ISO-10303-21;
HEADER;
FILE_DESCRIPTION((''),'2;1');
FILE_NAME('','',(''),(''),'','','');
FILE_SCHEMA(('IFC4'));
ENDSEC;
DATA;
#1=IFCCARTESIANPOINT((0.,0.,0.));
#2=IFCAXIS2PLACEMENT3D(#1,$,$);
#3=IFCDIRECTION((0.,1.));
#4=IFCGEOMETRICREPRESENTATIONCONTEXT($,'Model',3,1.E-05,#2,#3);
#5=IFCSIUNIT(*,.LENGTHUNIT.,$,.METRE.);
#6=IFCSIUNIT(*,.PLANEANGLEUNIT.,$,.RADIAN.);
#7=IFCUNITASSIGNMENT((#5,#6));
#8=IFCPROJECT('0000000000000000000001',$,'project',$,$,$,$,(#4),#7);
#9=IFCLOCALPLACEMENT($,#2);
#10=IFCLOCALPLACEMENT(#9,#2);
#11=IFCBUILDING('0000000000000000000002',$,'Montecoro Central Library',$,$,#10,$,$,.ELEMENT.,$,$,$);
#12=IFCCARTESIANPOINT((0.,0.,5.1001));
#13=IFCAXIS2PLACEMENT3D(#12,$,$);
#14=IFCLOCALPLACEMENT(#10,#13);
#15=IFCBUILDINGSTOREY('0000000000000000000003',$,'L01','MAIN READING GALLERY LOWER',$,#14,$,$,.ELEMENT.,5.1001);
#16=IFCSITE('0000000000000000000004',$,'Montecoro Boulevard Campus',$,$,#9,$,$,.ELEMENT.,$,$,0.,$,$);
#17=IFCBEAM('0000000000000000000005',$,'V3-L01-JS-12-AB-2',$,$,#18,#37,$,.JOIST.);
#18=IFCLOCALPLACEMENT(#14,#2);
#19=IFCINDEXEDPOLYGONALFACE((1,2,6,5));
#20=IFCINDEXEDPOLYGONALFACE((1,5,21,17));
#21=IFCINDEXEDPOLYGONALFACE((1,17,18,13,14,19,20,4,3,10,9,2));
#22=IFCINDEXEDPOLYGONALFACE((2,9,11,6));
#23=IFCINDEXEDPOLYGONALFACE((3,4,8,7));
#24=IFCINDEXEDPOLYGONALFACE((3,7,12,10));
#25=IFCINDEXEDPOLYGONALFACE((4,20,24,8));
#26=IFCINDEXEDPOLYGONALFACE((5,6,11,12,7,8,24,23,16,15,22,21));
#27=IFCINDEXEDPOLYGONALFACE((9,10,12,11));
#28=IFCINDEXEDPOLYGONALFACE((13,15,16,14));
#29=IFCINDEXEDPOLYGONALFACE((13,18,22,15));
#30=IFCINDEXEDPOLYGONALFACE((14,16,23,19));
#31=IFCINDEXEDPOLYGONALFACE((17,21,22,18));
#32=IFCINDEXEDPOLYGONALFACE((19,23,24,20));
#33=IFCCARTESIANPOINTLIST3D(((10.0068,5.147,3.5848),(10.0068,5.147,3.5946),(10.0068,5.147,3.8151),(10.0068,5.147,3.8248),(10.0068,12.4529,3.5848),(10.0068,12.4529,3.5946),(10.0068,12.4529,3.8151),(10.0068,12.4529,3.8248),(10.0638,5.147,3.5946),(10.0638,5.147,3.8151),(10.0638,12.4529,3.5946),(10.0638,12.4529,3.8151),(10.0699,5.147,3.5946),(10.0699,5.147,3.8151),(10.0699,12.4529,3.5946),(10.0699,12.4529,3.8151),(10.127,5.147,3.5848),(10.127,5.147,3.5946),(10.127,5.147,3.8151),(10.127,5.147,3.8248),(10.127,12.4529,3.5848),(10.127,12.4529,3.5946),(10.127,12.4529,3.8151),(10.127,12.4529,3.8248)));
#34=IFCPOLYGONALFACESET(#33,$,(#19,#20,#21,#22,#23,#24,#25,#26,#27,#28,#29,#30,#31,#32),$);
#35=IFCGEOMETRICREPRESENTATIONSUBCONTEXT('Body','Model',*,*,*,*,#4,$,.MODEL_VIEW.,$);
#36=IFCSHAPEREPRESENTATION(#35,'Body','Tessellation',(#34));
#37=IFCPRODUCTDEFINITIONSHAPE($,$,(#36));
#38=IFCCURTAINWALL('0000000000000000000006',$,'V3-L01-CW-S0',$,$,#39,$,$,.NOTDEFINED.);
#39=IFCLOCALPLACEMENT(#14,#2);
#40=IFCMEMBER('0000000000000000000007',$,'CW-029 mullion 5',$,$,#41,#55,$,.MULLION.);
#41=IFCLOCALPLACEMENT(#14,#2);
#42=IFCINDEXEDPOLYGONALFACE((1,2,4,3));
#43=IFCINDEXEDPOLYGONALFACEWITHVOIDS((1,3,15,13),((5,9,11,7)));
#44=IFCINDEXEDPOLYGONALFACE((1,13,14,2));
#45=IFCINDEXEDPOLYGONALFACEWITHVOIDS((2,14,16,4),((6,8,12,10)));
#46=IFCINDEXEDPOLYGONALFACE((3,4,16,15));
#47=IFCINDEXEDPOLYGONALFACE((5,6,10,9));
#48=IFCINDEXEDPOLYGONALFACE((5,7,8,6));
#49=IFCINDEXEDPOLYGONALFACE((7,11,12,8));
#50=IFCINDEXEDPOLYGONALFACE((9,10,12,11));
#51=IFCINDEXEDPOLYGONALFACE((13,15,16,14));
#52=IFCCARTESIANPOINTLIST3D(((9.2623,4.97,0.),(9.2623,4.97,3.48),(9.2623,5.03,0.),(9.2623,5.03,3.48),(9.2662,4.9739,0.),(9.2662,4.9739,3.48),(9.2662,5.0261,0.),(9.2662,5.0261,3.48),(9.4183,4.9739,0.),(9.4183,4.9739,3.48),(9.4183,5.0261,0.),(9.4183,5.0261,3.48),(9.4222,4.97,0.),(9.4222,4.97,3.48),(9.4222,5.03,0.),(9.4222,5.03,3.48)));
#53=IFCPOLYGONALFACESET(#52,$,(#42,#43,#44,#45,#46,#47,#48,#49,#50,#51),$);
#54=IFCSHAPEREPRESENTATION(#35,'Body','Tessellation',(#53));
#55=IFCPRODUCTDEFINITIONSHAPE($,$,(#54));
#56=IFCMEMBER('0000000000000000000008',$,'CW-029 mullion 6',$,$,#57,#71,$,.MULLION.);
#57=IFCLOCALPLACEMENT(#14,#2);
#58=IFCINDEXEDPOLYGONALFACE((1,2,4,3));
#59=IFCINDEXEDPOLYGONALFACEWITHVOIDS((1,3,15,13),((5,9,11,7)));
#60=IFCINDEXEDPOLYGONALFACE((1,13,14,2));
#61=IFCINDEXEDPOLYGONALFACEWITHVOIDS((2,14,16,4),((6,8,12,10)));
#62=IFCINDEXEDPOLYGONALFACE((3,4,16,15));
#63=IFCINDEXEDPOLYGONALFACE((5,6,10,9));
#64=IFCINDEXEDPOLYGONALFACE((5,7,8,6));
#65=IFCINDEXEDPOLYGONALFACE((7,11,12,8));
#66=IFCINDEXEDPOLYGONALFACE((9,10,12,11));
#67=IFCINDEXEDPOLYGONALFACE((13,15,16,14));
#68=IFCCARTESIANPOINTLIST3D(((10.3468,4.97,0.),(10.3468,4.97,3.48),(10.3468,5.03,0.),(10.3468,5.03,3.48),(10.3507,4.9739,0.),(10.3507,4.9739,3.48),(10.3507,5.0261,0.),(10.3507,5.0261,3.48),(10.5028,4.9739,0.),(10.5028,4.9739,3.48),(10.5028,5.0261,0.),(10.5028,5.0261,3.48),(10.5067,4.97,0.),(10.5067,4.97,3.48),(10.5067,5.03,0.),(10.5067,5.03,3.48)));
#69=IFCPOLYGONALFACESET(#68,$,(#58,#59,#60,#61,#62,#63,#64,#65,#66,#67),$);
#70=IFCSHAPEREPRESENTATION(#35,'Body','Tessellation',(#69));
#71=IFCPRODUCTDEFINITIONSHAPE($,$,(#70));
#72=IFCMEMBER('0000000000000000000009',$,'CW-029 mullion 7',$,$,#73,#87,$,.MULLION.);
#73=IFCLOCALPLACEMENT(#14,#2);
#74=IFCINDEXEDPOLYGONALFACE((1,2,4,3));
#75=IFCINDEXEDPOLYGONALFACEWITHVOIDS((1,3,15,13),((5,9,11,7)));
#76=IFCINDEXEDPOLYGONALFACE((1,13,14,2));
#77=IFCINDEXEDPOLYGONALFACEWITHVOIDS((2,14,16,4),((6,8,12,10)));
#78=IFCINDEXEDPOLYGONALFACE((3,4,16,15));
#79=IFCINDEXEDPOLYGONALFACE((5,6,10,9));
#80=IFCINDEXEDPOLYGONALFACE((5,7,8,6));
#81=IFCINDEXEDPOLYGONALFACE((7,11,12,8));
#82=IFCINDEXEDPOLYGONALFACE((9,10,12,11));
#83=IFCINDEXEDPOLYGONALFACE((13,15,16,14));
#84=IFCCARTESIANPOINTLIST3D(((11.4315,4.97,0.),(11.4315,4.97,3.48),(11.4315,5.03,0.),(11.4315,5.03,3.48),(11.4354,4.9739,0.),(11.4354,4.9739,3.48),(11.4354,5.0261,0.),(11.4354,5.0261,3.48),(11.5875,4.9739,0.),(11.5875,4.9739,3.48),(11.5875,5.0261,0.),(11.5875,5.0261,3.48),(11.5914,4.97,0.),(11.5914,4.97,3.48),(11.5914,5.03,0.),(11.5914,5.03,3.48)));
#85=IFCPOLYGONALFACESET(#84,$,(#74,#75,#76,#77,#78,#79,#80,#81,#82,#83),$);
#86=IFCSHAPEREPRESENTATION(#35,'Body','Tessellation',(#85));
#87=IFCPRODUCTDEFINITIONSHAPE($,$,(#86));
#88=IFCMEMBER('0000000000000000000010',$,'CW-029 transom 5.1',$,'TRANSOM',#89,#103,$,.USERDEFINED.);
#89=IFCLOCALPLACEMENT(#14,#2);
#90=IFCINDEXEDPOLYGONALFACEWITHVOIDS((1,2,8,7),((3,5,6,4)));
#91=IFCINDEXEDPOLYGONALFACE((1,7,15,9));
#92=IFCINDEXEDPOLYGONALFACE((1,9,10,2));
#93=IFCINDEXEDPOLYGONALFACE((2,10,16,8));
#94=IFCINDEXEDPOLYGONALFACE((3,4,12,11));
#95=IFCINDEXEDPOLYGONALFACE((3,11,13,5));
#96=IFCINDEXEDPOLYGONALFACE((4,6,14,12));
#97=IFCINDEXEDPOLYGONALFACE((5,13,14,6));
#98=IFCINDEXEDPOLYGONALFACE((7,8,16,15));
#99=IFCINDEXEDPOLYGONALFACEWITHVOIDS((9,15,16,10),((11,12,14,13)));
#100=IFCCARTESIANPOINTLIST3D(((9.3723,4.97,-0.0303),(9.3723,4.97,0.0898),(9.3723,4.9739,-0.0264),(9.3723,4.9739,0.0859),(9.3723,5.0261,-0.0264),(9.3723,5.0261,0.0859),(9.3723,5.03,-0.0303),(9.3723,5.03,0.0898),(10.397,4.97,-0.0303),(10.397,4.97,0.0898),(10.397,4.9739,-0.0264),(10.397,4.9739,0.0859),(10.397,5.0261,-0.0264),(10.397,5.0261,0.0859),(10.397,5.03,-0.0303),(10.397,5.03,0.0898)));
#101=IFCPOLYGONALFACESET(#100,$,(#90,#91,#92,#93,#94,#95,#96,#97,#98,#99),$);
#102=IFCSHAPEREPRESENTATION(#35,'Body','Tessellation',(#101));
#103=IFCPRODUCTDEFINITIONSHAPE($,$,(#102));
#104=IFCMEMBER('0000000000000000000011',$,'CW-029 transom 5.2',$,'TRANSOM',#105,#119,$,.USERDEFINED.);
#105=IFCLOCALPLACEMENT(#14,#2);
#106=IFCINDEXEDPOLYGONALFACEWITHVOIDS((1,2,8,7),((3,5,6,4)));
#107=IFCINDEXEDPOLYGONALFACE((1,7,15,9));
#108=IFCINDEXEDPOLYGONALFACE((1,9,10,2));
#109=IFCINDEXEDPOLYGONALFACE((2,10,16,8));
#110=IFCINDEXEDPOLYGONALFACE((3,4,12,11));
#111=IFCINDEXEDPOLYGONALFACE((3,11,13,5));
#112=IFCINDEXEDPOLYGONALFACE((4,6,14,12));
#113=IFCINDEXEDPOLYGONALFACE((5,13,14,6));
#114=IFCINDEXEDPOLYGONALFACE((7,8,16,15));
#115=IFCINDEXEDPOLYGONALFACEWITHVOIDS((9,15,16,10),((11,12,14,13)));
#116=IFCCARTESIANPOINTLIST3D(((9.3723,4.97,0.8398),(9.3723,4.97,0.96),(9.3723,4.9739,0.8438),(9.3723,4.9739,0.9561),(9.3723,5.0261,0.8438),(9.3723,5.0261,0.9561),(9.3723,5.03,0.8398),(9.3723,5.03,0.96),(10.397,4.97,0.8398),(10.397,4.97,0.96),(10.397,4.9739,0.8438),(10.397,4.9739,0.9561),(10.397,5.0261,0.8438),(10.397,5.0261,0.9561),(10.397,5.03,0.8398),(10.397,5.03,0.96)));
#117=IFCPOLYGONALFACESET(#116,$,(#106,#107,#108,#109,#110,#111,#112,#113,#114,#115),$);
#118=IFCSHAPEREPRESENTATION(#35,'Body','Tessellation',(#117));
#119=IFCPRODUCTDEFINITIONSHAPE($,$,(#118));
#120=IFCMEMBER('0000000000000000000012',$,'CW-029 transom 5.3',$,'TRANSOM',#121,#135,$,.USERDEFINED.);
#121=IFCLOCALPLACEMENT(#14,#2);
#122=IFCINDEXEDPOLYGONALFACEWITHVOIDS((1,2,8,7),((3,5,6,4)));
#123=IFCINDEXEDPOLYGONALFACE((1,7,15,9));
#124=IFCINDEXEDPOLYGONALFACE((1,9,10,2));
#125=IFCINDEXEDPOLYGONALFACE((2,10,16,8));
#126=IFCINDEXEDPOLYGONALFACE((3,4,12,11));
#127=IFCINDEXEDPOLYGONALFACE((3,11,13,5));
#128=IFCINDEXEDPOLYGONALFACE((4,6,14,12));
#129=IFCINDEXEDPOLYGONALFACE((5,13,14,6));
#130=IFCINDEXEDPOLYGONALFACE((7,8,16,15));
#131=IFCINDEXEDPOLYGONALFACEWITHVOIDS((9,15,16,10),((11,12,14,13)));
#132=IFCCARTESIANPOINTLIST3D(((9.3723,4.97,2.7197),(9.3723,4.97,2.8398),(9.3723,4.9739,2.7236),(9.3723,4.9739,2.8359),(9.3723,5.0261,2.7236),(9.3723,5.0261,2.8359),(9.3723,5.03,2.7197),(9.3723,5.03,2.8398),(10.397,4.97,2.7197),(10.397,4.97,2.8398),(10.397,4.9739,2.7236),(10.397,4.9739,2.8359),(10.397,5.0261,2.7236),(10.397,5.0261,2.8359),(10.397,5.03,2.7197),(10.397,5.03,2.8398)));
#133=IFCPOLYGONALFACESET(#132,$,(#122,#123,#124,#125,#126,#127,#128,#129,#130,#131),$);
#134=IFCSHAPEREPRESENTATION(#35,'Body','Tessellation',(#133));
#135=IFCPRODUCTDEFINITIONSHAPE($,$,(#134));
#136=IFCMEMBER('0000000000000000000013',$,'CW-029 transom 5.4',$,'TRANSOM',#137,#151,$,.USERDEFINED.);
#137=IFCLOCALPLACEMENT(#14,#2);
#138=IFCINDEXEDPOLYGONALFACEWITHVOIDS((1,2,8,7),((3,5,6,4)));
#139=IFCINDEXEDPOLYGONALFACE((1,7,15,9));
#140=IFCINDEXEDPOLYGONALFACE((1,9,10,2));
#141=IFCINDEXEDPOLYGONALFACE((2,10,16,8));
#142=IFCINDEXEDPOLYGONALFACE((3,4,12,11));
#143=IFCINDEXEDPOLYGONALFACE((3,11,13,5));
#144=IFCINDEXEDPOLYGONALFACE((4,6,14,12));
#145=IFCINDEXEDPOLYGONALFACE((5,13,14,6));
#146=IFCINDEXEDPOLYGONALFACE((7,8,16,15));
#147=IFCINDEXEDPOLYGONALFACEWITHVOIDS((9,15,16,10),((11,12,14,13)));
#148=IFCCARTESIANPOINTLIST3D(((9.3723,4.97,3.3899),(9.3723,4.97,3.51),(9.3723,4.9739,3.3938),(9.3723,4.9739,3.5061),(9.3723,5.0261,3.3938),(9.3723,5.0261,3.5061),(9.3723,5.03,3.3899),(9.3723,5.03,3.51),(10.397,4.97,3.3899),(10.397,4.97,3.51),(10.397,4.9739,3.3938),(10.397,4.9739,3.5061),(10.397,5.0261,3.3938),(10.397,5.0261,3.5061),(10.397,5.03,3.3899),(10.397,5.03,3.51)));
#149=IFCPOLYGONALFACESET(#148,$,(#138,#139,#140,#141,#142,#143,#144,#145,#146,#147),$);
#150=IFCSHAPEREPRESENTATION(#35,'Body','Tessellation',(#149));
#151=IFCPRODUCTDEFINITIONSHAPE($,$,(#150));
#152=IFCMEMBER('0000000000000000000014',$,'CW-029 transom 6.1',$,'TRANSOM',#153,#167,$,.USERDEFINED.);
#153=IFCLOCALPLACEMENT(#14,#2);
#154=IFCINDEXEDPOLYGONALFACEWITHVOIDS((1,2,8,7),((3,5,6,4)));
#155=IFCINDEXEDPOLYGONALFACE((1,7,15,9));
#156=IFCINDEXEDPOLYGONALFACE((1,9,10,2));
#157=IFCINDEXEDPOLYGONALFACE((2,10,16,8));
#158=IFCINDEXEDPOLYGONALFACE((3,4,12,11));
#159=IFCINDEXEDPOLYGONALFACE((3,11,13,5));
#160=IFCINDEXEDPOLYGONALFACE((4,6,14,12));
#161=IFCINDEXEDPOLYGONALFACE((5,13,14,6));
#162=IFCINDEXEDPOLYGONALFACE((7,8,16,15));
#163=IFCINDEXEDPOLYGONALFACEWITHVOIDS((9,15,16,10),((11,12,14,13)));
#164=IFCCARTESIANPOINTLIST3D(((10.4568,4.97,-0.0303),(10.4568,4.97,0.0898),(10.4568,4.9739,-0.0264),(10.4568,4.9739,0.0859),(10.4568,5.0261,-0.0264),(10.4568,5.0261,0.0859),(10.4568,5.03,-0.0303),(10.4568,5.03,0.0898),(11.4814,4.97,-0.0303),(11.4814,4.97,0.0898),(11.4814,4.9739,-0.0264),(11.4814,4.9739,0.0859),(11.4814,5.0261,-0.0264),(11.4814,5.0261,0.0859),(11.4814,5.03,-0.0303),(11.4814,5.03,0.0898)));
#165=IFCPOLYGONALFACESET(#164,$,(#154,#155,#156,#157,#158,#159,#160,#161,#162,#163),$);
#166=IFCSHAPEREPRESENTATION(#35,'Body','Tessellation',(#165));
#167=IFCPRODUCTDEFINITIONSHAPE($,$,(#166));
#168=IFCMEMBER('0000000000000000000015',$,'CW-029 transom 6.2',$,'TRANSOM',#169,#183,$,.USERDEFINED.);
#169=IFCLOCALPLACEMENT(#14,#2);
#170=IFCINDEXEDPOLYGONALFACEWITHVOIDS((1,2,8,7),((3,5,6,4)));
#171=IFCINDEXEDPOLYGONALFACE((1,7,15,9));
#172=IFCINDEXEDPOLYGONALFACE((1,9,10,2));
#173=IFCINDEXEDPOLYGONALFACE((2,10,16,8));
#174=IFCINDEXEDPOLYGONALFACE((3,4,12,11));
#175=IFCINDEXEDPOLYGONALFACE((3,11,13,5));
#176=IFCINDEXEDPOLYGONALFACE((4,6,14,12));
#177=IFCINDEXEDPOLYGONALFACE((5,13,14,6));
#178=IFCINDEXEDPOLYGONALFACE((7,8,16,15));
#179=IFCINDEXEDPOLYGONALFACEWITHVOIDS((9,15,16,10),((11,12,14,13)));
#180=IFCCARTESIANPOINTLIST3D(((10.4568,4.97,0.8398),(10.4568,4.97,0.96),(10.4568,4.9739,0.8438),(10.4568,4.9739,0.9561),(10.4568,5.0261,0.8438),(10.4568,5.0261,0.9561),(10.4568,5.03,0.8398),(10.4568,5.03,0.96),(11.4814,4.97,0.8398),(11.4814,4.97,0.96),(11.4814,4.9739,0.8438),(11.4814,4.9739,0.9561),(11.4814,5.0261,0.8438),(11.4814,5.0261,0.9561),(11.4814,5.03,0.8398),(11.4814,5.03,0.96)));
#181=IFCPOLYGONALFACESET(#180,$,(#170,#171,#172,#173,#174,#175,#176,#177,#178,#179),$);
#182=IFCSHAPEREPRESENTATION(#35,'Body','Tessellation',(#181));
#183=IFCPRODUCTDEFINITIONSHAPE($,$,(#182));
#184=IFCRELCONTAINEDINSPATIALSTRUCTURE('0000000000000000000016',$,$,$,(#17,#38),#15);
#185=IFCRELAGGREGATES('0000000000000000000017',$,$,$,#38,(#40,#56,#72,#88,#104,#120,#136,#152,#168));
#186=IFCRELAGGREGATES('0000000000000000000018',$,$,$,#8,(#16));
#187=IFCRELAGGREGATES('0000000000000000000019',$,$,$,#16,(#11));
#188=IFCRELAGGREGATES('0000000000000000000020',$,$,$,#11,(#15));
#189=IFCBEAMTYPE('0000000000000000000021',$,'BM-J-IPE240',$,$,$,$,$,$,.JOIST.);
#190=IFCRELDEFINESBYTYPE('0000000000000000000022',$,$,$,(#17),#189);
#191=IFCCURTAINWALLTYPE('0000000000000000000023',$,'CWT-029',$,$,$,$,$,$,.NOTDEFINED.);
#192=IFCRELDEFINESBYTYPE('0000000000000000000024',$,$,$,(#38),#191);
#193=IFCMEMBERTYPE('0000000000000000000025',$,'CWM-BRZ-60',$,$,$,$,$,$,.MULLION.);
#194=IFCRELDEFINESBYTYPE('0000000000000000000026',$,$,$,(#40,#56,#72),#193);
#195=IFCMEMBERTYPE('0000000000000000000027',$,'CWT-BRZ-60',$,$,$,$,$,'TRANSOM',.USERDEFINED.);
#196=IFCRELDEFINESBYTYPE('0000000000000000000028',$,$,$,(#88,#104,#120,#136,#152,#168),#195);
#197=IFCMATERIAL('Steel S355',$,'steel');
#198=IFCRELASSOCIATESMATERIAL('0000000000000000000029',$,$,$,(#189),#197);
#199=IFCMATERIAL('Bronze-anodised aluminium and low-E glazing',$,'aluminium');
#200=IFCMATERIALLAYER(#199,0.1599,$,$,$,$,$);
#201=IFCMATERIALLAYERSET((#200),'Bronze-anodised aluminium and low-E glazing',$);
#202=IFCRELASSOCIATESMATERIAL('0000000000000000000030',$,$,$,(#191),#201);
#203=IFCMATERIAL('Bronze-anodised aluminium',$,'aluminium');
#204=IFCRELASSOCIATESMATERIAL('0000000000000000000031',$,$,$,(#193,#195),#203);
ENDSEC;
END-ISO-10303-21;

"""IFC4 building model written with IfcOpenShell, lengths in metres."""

from ifc_helpers import new_model, si_unit, direction, frame, origin, origin_2d, place, context, subcontext, project, spatial, hollow_rectangle, i_section, extrude, material, layer, layer_set, material_profile, profile_set, type_object, element, aggregate, save


model = new_model("IFC4")

# Units and contexts
model_context = context("Model", 3, precision=1e-05, world=origin(), true_north=direction((0.0, 1.0)))
body_context = subcontext(model_context, "Body", "Model", "MODEL_VIEW")
ifc_project = project(units=[si_unit("LENGTHUNIT", "METRE"), si_unit("PLANEANGLEUNIT", "RADIAN")], contexts=[model_context])

# Site, building, storey
site_placement = place(None, origin())
site = spatial("IfcSite", under=ifc_project, at=site_placement, Name="Montecoro Boulevard Campus", CompositionType="ELEMENT", RefElevation=0.0)
building_placement = place(site_placement, origin())
building = spatial("IfcBuilding", under=site, at=building_placement, Name="Montecoro Central Library", CompositionType="ELEMENT")
storey_placement = place(building_placement, frame((0.0, 0.0, 5.1001)))
storey = spatial("IfcBuildingStorey", under=building, at=storey_placement, Name="L01", Description="MAIN READING GALLERY LOWER", CompositionType="ELEMENT", Elevation=5.1001)

# Beam
ifc_material_1 = material(Name="Steel S355", Category="steel")
ifc_material_profile_1 = material_profile(ifc_material_1, i_section(OverallWidth=0.1201, OverallDepth=0.24, WebThickness=0.0061, FlangeThickness=0.0098, at=origin_2d()), Name="IPE 240")
ifc_profile_set_1 = profile_set([ifc_material_profile_1], Name="Steel S355")
beam_type = type_object("IfcBeamType", Name="BM-J-IPE240", PredefinedType="JOIST", material=ifc_profile_set_1)
beam_placement = place(storey_placement, frame((10.0669, 5.147, 3.7048), z_axis=(0.0, 1.0, 0.0), x_axis=(-1.0, 0.0, 0.0)))
element("IfcBeam", 1, at=beam_placement, inside=storey, type_object=beam_type, Name="V3-L01-JS-12-AB-2", PredefinedType="JOIST", context=body_context, shape_type="SweptSolid", body=[
    extrude(i_section(OverallWidth=0.1201, OverallDepth=0.24, WebThickness=0.0061, FlangeThickness=0.0098, at=origin_2d()), origin(), (0.0, 0.0, 1.0), 7.3059),
])

# Curtain wall, members
ifc_material_2 = material(Name="Bronze-anodised aluminium and low-E glazing", Category="aluminium")
ifc_layer_1 = layer(ifc_material_2, 0.1599)
ifc_layer_set_1 = layer_set([ifc_layer_1], Name="Bronze-anodised aluminium and low-E glazing")
curtain_wall_type = type_object("IfcCurtainWallType", Name="CWT-029", PredefinedType="NOTDEFINED", material=ifc_layer_set_1)
curtain_wall_placement = place(storey_placement, origin())
curtain_wall = element("IfcCurtainWall", 2, at=curtain_wall_placement, inside=storey, type_object=curtain_wall_type, Name="V3-L01-CW-S0", PredefinedType="NOTDEFINED")
ifc_material_3 = material(Name="Bronze-anodised aluminium", Category="aluminium")
ifc_material_profile_2 = material_profile(ifc_material_3, hollow_rectangle(XDim=0.0601, YDim=0.1599, WallThickness=0.0039, at=origin_2d()), Name="CWM 160x60x4.0")
ifc_profile_set_2 = profile_set([ifc_material_profile_2], Name="Bronze-anodised aluminium")
member_type_1 = type_object("IfcMemberType", Name="CWM-BRZ-60", PredefinedType="MULLION", material=ifc_profile_set_2)
member_1_placement = place(storey_placement, frame((9.3423, 5.0, 0.0), z_axis=(0.0, 0.0, 1.0), x_axis=(0.0, 1.0, 0.0)))
member_1 = element("IfcMember", 3, at=member_1_placement, type_object=member_type_1, Name="CW-029 mullion 5", PredefinedType="MULLION", context=body_context, shape_type="SweptSolid", body=[
    extrude(hollow_rectangle(XDim=0.0601, YDim=0.1599, WallThickness=0.0039, at=origin_2d()), origin(), (0.0, 0.0, 1.0), 3.48),
])
member_2_placement = place(storey_placement, frame((10.4268, 5.0, 0.0), z_axis=(0.0, 0.0, 1.0), x_axis=(0.0, 1.0, 0.0)))
member_2 = element("IfcMember", 4, at=member_2_placement, type_object=member_type_1, Name="CW-029 mullion 6", PredefinedType="MULLION", context=body_context, shape_type="SweptSolid", body=[
    extrude(hollow_rectangle(XDim=0.0601, YDim=0.1599, WallThickness=0.0039, at=origin_2d()), origin(), (0.0, 0.0, 1.0), 3.48),
])
member_3_placement = place(storey_placement, frame((11.5115, 5.0, 0.0), z_axis=(0.0, 0.0, 1.0), x_axis=(0.0, 1.0, 0.0)))
member_3 = element("IfcMember", 5, at=member_3_placement, type_object=member_type_1, Name="CW-029 mullion 7", PredefinedType="MULLION", context=body_context, shape_type="SweptSolid", body=[
    extrude(hollow_rectangle(XDim=0.0601, YDim=0.1599, WallThickness=0.0039, at=origin_2d()), origin(), (0.0, 0.0, 1.0), 3.48),
])
ifc_material_profile_3 = material_profile(ifc_material_3, hollow_rectangle(XDim=0.0601, YDim=0.1201, WallThickness=0.0039, at=origin_2d()), Name="CWT 120x60x4.0")
ifc_profile_set_3 = profile_set([ifc_material_profile_3], Name="Bronze-anodised aluminium")
member_type_2 = type_object("IfcMemberType", Name="CWT-BRZ-60", ElementType="TRANSOM", PredefinedType="USERDEFINED", material=ifc_profile_set_3)
member_4_placement = place(storey_placement, frame((9.3723, 5.0, 0.0298), z_axis=(1.0, 0.0, 0.0), x_axis=(0.0, 1.0, 0.0)))
member_4 = element("IfcMember", 6, at=member_4_placement, type_object=member_type_2, Name="CW-029 transom 5.1", ObjectType="TRANSOM", PredefinedType="USERDEFINED", context=body_context, shape_type="SweptSolid", body=[
    extrude(hollow_rectangle(XDim=0.0601, YDim=0.1201, WallThickness=0.0039, at=origin_2d()), origin(), (0.0, 0.0, 1.0), 1.0247),
])
member_5_placement = place(storey_placement, frame((9.3723, 5.0, 0.8999), z_axis=(1.0, 0.0, 0.0), x_axis=(0.0, 1.0, 0.0)))
member_5 = element("IfcMember", 7, at=member_5_placement, type_object=member_type_2, Name="CW-029 transom 5.2", ObjectType="TRANSOM", PredefinedType="USERDEFINED", context=body_context, shape_type="SweptSolid", body=[
    extrude(hollow_rectangle(XDim=0.0601, YDim=0.1201, WallThickness=0.0039, at=origin_2d()), origin(), (0.0, 0.0, 1.0), 1.0247),
])
member_6_placement = place(storey_placement, frame((9.3723, 5.0, 2.7798), z_axis=(1.0, 0.0, 0.0), x_axis=(0.0, 1.0, 0.0)))
member_6 = element("IfcMember", 8, at=member_6_placement, type_object=member_type_2, Name="CW-029 transom 5.3", ObjectType="TRANSOM", PredefinedType="USERDEFINED", context=body_context, shape_type="SweptSolid", body=[
    extrude(hollow_rectangle(XDim=0.0601, YDim=0.1201, WallThickness=0.0039, at=origin_2d()), origin(), (0.0, 0.0, 1.0), 1.0247),
])
member_7_placement = place(storey_placement, frame((9.3723, 5.0, 3.45), z_axis=(1.0, 0.0, 0.0), x_axis=(0.0, 1.0, 0.0)))
member_7 = element("IfcMember", 9, at=member_7_placement, type_object=member_type_2, Name="CW-029 transom 5.4", ObjectType="TRANSOM", PredefinedType="USERDEFINED", context=body_context, shape_type="SweptSolid", body=[
    extrude(hollow_rectangle(XDim=0.0601, YDim=0.1201, WallThickness=0.0039, at=origin_2d()), origin(), (0.0, 0.0, 1.0), 1.0247),
])
member_8_placement = place(storey_placement, frame((10.4568, 5.0, 0.0298), z_axis=(1.0, 0.0, 0.0), x_axis=(0.0, 1.0, 0.0)))
member_8 = element("IfcMember", 10, at=member_8_placement, type_object=member_type_2, Name="CW-029 transom 6.1", ObjectType="TRANSOM", PredefinedType="USERDEFINED", context=body_context, shape_type="SweptSolid", body=[
    extrude(hollow_rectangle(XDim=0.0601, YDim=0.1201, WallThickness=0.0039, at=origin_2d()), origin(), (0.0, 0.0, 1.0), 1.0247),
])
member_9_placement = place(storey_placement, frame((10.4568, 5.0, 0.8999), z_axis=(1.0, 0.0, 0.0), x_axis=(0.0, 1.0, 0.0)))
member_9 = element("IfcMember", 11, at=member_9_placement, type_object=member_type_2, Name="CW-029 transom 6.2", ObjectType="TRANSOM", PredefinedType="USERDEFINED", context=body_context, shape_type="SweptSolid", body=[
    extrude(hollow_rectangle(XDim=0.0601, YDim=0.1201, WallThickness=0.0039, at=origin_2d()), origin(), (0.0, 0.0, 1.0), 1.0247),
])
aggregate(curtain_wall, [member_1, member_2, member_3, member_4, member_5, member_6, member_7, member_8, member_9])

save(model, "model.ifc")
